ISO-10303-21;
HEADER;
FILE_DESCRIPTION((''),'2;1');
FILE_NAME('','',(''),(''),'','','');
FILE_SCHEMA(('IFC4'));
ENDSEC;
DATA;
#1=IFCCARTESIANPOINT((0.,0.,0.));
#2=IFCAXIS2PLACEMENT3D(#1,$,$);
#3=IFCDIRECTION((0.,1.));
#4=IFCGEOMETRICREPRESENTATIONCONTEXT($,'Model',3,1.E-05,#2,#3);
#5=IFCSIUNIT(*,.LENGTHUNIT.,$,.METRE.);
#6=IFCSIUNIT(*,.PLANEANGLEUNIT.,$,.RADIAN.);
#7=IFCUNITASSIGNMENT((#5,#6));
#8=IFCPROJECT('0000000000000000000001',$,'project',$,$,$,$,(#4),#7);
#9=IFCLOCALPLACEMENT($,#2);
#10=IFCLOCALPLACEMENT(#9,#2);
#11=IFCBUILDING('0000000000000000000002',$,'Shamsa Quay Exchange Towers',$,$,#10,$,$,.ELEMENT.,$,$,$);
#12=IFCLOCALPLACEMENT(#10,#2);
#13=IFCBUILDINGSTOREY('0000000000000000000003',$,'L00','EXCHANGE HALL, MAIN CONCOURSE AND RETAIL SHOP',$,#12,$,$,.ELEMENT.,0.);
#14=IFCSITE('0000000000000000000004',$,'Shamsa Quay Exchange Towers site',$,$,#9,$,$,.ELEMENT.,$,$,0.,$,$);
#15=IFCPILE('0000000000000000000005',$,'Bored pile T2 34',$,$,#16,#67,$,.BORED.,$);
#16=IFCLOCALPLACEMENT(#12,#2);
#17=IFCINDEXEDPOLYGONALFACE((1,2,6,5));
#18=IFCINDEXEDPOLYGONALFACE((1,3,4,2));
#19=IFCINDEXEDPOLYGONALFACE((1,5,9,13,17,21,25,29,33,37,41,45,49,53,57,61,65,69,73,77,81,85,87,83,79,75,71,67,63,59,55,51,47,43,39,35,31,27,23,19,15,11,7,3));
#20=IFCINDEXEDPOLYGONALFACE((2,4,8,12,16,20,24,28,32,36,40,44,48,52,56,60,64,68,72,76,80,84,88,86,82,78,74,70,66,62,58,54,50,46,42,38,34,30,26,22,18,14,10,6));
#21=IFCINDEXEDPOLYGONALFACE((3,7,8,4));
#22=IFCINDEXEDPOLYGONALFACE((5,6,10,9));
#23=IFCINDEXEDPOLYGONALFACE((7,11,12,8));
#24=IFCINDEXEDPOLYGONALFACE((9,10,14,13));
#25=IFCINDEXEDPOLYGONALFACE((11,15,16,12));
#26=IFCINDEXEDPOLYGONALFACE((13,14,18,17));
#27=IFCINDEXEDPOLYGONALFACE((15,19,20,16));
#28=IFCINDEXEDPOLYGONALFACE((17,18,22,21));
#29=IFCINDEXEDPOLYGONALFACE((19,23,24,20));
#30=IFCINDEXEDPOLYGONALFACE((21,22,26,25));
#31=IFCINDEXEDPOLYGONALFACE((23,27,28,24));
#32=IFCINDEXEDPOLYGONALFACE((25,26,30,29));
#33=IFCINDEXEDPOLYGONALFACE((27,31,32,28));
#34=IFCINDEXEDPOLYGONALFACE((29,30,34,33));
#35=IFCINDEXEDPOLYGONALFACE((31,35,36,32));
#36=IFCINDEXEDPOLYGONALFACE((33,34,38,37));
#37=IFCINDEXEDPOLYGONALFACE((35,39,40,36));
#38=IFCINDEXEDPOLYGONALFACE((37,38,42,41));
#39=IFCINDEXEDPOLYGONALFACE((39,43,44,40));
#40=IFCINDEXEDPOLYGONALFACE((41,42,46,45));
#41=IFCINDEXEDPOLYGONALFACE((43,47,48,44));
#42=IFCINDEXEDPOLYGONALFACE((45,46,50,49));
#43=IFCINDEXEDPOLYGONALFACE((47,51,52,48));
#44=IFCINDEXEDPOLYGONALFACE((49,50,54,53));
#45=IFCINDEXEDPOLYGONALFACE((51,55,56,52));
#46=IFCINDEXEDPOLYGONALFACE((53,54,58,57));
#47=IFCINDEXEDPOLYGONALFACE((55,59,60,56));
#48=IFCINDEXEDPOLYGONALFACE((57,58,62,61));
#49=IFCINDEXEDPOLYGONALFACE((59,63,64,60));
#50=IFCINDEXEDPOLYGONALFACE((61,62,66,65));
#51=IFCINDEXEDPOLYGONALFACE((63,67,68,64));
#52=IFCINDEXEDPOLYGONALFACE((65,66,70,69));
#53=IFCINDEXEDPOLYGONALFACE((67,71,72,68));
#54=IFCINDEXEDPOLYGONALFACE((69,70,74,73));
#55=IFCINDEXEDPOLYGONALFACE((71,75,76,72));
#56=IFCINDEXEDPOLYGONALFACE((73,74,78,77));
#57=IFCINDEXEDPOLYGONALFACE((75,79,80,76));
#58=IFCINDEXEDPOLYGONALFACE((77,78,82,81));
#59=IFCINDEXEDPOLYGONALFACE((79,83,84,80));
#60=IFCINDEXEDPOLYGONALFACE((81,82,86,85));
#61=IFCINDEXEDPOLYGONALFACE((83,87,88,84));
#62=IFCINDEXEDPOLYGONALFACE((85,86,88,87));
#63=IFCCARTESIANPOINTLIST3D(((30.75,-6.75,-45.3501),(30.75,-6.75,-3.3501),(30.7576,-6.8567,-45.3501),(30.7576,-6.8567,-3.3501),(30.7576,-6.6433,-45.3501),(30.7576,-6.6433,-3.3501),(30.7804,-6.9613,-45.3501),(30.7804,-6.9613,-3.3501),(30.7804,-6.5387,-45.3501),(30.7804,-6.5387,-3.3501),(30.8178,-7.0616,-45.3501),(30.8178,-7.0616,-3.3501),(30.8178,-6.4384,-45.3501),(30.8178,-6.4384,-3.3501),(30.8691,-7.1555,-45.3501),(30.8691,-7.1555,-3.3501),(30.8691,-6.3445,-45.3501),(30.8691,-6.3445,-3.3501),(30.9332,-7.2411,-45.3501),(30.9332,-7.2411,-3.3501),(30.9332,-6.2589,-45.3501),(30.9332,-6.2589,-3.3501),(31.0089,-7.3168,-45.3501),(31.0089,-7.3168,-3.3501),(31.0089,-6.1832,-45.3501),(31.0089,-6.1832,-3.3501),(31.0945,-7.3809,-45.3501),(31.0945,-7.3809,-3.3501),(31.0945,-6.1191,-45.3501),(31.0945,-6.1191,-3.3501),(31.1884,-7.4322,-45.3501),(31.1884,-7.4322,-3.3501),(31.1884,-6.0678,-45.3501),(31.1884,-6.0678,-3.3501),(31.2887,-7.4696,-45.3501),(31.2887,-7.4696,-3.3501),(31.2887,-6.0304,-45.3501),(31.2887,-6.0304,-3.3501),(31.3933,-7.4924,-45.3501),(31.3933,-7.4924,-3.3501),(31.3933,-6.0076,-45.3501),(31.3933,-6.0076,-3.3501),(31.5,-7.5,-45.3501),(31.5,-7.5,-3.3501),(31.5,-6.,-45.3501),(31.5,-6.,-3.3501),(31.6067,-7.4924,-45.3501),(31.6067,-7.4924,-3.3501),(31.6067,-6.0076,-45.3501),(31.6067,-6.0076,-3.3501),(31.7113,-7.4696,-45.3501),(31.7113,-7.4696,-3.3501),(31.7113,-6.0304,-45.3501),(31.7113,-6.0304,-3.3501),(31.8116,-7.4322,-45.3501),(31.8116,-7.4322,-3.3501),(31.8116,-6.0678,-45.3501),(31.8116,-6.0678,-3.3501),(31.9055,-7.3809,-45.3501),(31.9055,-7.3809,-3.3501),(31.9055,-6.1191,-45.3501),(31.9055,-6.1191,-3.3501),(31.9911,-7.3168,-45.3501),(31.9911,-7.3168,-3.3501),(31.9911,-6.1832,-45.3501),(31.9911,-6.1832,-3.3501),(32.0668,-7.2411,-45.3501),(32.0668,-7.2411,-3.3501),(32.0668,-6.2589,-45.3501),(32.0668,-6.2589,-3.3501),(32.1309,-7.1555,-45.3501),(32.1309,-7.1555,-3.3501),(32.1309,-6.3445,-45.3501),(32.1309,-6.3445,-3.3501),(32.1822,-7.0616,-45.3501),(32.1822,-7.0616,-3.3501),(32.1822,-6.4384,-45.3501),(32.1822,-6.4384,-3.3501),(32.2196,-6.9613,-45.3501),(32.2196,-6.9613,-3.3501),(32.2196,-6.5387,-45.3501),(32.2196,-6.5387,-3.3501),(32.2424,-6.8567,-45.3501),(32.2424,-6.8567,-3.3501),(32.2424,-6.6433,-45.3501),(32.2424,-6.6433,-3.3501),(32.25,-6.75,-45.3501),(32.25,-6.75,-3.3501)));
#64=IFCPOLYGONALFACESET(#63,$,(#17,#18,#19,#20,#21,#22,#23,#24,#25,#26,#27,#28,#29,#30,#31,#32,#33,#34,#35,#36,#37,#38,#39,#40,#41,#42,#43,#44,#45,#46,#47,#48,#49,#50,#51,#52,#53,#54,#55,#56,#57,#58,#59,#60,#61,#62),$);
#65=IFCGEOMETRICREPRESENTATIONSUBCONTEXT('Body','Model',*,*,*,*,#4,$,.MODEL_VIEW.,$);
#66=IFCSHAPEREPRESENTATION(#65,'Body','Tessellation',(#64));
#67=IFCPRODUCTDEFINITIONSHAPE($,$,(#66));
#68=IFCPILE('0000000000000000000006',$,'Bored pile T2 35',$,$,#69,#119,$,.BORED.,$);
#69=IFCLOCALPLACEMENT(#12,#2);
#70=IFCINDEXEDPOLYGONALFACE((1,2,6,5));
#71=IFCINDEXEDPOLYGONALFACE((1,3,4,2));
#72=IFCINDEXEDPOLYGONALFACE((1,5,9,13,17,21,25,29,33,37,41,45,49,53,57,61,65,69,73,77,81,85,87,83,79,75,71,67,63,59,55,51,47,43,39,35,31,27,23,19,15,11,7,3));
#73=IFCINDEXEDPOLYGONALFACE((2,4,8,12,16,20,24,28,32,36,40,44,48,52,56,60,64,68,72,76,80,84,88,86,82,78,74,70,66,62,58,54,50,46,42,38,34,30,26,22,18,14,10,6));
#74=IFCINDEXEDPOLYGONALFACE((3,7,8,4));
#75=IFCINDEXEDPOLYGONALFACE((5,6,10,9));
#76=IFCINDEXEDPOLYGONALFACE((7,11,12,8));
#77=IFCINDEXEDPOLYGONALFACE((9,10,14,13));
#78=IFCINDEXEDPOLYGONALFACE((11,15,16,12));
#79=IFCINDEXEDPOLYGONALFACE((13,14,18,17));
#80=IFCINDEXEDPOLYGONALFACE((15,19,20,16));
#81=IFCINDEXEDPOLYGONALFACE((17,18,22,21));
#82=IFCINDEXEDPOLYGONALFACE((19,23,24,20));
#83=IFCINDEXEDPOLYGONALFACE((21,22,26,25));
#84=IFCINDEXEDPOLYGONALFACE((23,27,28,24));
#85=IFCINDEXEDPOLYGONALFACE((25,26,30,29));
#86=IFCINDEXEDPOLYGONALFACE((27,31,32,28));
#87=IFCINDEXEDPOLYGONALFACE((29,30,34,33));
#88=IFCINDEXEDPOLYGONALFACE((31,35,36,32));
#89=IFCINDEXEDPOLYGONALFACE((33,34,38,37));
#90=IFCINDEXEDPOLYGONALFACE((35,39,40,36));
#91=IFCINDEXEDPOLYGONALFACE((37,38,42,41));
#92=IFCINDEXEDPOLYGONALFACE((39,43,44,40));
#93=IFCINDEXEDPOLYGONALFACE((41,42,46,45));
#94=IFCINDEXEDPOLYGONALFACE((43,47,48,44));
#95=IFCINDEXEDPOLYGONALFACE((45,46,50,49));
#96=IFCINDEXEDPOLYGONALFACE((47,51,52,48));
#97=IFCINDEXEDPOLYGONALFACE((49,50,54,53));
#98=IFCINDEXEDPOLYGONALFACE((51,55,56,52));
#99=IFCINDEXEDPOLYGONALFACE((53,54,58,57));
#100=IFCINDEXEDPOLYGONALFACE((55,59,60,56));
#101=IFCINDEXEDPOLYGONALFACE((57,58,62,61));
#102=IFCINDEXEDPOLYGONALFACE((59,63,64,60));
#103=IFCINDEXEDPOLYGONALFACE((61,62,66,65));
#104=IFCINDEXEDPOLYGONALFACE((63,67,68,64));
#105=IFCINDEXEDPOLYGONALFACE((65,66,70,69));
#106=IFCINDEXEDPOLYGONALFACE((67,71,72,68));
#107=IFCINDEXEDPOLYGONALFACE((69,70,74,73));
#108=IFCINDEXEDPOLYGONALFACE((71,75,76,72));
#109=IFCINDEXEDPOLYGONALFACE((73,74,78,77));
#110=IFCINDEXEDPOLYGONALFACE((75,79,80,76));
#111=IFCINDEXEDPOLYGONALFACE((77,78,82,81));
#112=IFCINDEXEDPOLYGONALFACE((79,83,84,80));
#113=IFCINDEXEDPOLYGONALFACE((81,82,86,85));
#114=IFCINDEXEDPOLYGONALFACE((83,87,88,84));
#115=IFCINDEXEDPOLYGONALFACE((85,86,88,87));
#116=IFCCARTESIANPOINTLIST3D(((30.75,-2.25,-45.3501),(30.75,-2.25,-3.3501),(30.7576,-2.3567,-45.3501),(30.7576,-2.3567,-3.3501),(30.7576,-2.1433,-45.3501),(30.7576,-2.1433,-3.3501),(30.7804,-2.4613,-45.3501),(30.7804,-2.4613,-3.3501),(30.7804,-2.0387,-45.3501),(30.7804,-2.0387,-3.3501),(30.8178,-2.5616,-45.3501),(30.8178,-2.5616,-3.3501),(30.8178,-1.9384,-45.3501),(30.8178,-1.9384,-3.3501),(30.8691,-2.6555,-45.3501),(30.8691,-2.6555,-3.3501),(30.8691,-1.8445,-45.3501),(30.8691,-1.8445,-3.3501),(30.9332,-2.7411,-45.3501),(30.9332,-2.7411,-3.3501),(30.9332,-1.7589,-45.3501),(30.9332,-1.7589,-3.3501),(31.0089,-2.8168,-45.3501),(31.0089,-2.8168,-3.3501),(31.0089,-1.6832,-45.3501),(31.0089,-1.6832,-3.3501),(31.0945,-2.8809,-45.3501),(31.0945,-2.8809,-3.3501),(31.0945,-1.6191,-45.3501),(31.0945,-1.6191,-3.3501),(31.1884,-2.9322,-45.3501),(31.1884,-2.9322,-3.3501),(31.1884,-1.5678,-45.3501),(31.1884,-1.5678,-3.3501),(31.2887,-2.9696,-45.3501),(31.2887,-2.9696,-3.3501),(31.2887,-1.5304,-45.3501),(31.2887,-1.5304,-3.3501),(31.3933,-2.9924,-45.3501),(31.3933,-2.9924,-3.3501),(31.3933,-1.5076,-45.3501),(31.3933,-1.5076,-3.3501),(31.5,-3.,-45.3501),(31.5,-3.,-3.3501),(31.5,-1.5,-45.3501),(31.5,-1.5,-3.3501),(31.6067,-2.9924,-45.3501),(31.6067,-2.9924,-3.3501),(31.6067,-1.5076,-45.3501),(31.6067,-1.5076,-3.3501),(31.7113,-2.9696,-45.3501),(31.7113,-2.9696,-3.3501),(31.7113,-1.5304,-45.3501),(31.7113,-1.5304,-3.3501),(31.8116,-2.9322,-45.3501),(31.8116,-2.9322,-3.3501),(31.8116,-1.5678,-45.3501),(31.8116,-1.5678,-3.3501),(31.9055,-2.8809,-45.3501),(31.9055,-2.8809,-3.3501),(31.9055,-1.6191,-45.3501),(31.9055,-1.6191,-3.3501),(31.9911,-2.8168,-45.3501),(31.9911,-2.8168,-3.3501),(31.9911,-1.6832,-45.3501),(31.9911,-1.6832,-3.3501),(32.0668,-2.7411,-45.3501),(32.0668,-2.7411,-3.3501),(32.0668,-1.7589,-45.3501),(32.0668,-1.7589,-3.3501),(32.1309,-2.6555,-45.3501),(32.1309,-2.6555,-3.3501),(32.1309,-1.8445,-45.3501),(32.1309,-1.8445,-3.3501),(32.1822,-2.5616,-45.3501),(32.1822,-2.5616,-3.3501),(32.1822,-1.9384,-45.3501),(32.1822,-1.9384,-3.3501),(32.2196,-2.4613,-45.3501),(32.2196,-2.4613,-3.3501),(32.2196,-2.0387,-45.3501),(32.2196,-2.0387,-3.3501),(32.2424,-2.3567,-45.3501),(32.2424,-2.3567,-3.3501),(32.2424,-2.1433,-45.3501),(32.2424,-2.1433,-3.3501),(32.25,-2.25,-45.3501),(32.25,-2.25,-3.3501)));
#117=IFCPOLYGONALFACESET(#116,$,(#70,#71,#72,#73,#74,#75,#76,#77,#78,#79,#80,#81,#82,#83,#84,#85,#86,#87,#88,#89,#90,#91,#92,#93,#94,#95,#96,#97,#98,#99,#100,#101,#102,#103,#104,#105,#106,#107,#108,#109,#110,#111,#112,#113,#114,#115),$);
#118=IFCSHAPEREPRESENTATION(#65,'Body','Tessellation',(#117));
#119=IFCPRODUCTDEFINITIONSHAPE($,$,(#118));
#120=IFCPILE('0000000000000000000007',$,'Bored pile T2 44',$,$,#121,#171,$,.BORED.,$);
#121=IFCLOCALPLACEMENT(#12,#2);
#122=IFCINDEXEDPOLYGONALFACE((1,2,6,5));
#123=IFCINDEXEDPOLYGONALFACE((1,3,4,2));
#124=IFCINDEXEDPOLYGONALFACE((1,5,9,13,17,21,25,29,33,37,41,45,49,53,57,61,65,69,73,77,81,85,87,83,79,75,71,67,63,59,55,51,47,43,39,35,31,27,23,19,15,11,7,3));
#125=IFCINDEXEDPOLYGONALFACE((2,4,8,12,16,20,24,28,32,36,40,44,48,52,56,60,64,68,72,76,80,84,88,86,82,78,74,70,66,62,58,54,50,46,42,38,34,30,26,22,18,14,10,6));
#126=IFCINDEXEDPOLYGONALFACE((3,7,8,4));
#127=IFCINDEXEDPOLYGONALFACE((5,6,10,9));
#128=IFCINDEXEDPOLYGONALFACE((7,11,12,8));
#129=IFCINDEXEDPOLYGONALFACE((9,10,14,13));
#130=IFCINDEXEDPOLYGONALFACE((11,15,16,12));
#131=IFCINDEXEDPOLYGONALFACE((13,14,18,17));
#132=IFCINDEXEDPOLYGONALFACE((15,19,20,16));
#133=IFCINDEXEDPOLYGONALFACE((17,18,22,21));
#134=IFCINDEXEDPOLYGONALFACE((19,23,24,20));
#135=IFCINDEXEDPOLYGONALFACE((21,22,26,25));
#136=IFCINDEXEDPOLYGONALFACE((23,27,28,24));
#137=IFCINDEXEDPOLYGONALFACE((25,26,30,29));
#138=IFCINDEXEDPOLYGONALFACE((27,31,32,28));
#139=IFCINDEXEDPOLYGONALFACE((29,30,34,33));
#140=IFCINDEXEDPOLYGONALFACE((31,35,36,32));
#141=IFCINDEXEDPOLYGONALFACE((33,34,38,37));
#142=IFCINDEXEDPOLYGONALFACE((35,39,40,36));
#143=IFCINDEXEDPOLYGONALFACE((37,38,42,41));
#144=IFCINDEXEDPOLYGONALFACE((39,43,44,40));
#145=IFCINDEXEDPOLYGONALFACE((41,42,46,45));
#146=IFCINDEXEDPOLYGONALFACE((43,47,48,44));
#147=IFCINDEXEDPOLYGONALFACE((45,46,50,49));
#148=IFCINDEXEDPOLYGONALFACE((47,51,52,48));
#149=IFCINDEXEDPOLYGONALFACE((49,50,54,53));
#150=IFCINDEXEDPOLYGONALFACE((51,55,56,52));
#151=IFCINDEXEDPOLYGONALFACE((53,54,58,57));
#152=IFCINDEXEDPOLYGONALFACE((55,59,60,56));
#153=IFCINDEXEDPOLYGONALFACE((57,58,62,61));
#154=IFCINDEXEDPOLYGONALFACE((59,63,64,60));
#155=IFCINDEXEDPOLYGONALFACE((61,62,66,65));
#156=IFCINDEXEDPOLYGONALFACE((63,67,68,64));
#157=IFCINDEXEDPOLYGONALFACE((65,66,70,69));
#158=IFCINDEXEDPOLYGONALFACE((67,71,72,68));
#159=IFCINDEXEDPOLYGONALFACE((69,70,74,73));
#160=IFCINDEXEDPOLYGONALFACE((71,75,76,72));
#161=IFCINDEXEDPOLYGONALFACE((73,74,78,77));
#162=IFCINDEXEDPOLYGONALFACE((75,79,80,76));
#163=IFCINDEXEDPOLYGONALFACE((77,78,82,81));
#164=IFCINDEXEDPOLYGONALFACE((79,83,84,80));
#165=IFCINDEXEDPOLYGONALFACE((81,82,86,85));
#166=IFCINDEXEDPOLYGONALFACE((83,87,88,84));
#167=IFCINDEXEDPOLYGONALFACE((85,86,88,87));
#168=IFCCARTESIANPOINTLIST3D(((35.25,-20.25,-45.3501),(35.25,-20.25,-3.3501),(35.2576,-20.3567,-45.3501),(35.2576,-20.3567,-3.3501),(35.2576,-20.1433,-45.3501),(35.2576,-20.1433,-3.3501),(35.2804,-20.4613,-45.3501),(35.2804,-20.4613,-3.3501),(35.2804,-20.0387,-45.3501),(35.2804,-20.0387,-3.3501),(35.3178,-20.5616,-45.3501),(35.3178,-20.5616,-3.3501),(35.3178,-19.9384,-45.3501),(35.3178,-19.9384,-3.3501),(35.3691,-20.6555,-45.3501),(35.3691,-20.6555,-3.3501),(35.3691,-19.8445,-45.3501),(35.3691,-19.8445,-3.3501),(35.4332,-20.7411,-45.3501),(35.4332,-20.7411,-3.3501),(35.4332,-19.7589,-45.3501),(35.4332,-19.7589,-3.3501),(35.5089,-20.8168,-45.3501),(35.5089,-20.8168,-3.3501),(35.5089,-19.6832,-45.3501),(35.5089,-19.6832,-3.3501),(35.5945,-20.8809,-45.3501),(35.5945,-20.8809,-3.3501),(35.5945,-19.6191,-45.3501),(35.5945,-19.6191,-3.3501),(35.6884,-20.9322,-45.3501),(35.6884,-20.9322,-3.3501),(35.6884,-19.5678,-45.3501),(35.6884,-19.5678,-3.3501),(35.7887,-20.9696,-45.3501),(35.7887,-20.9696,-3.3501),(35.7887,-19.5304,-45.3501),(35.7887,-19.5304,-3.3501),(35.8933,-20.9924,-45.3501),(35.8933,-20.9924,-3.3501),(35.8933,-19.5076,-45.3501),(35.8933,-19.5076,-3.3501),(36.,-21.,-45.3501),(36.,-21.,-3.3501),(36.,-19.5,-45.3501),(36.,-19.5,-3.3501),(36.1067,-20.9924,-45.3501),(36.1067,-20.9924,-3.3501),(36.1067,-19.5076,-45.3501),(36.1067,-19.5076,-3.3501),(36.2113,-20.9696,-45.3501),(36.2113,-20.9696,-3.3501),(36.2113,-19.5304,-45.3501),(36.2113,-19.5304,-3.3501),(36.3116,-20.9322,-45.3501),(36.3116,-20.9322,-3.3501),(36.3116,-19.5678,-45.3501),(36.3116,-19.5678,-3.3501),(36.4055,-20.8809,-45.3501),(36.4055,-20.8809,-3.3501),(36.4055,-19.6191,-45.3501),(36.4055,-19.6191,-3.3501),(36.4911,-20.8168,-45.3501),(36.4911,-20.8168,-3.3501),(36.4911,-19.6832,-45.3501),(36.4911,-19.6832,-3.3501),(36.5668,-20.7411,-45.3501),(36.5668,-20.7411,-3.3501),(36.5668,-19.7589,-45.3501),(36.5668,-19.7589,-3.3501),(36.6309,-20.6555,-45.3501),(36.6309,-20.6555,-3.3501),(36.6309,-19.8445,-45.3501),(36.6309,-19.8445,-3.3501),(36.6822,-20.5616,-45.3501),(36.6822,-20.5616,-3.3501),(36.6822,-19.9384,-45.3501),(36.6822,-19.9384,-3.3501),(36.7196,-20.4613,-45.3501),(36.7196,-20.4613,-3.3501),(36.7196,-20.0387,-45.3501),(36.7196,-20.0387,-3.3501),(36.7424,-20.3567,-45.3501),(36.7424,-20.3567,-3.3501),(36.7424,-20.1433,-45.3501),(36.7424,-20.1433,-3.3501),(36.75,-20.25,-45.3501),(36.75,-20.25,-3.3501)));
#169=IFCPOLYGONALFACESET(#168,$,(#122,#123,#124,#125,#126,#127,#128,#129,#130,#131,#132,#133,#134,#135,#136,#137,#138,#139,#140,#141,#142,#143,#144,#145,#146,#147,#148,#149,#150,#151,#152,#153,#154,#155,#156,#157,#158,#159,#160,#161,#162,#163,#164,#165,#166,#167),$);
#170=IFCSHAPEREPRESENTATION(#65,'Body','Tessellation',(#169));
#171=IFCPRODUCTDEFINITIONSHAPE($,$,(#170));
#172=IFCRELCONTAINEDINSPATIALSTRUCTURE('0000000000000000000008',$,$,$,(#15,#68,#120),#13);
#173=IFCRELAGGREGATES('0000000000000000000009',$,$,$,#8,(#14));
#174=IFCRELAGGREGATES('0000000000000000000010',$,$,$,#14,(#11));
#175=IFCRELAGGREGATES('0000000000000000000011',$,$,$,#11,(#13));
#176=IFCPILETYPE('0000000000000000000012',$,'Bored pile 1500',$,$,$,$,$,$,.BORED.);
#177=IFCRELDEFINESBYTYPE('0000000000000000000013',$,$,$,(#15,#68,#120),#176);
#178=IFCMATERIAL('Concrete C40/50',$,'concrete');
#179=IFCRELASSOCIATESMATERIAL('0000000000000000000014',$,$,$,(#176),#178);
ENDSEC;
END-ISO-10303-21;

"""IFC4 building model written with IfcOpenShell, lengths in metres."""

from ifc_helpers import new_model, si_unit, direction, frame, origin, origin_2d, place, context, subcontext, project, spatial, circle, extrude, material, material_profile, profile_set, type_object, element, save


model = new_model("IFC4")

# Units and contexts
model_context = context("Model", 3, precision=1e-05, world=origin(), true_north=direction((0.0, 1.0)))
body_context = subcontext(model_context, "Body", "Model", "MODEL_VIEW")
ifc_project = project(units=[si_unit("LENGTHUNIT", "METRE"), si_unit("PLANEANGLEUNIT", "RADIAN")], contexts=[model_context])

# Site, building, storey
site_placement = place(None, origin())
site = spatial("IfcSite", under=ifc_project, at=site_placement, Name="Shamsa Quay Exchange Towers site", CompositionType="ELEMENT", RefElevation=0.0)
building_placement = place(site_placement, origin())
building = spatial("IfcBuilding", under=site, at=building_placement, Name="Shamsa Quay Exchange Towers", CompositionType="ELEMENT")
storey_placement = place(building_placement, origin())
storey = spatial("IfcBuildingStorey", under=building, at=storey_placement, Name="L00", Description="EXCHANGE HALL, MAIN CONCOURSE AND RETAIL SHOP", CompositionType="ELEMENT", Elevation=0.0)

# Piles
ifc_material_1 = material(Name="Concrete C40/50", Category="concrete")
ifc_material_profile_1 = material_profile(ifc_material_1, circle(Radius=0.75, at=origin_2d()), Name="BP1500")
ifc_profile_set_1 = profile_set([ifc_material_profile_1], Name="Concrete C40/50")
pile_type_1 = type_object("IfcPileType", Name="Bored pile 1500", PredefinedType="BORED", material=ifc_profile_set_1)
for number, where, z_axis, x_axis, name in (
    (1, (31.5, -6.75, -3.3501), (0.0, 0.0, -1.0), (1.0, 0.0, 0.0), "Bored pile T2 34"),
    (2, (31.5, -2.25, -3.3501), (0.0, 0.0, -1.0), (1.0, 0.0, 0.0), "Bored pile T2 35"),
    (3, (36.0, -20.25, -3.3501), (0.0, 0.0, -1.0), (1.0, 0.0, 0.0), "Bored pile T2 44"),
):
    element("IfcPile", number, at=place(storey_placement, frame(where, z_axis=z_axis, x_axis=x_axis)), inside=storey, type_object=pile_type_1, Name=name, PredefinedType="BORED", context=body_context, shape_type="SweptSolid", body=[
        extrude(circle(Radius=0.75, at=origin_2d()), origin(), (0.0, 0.0, 1.0), 42.0),
    ])

save(model, "model.ifc")
